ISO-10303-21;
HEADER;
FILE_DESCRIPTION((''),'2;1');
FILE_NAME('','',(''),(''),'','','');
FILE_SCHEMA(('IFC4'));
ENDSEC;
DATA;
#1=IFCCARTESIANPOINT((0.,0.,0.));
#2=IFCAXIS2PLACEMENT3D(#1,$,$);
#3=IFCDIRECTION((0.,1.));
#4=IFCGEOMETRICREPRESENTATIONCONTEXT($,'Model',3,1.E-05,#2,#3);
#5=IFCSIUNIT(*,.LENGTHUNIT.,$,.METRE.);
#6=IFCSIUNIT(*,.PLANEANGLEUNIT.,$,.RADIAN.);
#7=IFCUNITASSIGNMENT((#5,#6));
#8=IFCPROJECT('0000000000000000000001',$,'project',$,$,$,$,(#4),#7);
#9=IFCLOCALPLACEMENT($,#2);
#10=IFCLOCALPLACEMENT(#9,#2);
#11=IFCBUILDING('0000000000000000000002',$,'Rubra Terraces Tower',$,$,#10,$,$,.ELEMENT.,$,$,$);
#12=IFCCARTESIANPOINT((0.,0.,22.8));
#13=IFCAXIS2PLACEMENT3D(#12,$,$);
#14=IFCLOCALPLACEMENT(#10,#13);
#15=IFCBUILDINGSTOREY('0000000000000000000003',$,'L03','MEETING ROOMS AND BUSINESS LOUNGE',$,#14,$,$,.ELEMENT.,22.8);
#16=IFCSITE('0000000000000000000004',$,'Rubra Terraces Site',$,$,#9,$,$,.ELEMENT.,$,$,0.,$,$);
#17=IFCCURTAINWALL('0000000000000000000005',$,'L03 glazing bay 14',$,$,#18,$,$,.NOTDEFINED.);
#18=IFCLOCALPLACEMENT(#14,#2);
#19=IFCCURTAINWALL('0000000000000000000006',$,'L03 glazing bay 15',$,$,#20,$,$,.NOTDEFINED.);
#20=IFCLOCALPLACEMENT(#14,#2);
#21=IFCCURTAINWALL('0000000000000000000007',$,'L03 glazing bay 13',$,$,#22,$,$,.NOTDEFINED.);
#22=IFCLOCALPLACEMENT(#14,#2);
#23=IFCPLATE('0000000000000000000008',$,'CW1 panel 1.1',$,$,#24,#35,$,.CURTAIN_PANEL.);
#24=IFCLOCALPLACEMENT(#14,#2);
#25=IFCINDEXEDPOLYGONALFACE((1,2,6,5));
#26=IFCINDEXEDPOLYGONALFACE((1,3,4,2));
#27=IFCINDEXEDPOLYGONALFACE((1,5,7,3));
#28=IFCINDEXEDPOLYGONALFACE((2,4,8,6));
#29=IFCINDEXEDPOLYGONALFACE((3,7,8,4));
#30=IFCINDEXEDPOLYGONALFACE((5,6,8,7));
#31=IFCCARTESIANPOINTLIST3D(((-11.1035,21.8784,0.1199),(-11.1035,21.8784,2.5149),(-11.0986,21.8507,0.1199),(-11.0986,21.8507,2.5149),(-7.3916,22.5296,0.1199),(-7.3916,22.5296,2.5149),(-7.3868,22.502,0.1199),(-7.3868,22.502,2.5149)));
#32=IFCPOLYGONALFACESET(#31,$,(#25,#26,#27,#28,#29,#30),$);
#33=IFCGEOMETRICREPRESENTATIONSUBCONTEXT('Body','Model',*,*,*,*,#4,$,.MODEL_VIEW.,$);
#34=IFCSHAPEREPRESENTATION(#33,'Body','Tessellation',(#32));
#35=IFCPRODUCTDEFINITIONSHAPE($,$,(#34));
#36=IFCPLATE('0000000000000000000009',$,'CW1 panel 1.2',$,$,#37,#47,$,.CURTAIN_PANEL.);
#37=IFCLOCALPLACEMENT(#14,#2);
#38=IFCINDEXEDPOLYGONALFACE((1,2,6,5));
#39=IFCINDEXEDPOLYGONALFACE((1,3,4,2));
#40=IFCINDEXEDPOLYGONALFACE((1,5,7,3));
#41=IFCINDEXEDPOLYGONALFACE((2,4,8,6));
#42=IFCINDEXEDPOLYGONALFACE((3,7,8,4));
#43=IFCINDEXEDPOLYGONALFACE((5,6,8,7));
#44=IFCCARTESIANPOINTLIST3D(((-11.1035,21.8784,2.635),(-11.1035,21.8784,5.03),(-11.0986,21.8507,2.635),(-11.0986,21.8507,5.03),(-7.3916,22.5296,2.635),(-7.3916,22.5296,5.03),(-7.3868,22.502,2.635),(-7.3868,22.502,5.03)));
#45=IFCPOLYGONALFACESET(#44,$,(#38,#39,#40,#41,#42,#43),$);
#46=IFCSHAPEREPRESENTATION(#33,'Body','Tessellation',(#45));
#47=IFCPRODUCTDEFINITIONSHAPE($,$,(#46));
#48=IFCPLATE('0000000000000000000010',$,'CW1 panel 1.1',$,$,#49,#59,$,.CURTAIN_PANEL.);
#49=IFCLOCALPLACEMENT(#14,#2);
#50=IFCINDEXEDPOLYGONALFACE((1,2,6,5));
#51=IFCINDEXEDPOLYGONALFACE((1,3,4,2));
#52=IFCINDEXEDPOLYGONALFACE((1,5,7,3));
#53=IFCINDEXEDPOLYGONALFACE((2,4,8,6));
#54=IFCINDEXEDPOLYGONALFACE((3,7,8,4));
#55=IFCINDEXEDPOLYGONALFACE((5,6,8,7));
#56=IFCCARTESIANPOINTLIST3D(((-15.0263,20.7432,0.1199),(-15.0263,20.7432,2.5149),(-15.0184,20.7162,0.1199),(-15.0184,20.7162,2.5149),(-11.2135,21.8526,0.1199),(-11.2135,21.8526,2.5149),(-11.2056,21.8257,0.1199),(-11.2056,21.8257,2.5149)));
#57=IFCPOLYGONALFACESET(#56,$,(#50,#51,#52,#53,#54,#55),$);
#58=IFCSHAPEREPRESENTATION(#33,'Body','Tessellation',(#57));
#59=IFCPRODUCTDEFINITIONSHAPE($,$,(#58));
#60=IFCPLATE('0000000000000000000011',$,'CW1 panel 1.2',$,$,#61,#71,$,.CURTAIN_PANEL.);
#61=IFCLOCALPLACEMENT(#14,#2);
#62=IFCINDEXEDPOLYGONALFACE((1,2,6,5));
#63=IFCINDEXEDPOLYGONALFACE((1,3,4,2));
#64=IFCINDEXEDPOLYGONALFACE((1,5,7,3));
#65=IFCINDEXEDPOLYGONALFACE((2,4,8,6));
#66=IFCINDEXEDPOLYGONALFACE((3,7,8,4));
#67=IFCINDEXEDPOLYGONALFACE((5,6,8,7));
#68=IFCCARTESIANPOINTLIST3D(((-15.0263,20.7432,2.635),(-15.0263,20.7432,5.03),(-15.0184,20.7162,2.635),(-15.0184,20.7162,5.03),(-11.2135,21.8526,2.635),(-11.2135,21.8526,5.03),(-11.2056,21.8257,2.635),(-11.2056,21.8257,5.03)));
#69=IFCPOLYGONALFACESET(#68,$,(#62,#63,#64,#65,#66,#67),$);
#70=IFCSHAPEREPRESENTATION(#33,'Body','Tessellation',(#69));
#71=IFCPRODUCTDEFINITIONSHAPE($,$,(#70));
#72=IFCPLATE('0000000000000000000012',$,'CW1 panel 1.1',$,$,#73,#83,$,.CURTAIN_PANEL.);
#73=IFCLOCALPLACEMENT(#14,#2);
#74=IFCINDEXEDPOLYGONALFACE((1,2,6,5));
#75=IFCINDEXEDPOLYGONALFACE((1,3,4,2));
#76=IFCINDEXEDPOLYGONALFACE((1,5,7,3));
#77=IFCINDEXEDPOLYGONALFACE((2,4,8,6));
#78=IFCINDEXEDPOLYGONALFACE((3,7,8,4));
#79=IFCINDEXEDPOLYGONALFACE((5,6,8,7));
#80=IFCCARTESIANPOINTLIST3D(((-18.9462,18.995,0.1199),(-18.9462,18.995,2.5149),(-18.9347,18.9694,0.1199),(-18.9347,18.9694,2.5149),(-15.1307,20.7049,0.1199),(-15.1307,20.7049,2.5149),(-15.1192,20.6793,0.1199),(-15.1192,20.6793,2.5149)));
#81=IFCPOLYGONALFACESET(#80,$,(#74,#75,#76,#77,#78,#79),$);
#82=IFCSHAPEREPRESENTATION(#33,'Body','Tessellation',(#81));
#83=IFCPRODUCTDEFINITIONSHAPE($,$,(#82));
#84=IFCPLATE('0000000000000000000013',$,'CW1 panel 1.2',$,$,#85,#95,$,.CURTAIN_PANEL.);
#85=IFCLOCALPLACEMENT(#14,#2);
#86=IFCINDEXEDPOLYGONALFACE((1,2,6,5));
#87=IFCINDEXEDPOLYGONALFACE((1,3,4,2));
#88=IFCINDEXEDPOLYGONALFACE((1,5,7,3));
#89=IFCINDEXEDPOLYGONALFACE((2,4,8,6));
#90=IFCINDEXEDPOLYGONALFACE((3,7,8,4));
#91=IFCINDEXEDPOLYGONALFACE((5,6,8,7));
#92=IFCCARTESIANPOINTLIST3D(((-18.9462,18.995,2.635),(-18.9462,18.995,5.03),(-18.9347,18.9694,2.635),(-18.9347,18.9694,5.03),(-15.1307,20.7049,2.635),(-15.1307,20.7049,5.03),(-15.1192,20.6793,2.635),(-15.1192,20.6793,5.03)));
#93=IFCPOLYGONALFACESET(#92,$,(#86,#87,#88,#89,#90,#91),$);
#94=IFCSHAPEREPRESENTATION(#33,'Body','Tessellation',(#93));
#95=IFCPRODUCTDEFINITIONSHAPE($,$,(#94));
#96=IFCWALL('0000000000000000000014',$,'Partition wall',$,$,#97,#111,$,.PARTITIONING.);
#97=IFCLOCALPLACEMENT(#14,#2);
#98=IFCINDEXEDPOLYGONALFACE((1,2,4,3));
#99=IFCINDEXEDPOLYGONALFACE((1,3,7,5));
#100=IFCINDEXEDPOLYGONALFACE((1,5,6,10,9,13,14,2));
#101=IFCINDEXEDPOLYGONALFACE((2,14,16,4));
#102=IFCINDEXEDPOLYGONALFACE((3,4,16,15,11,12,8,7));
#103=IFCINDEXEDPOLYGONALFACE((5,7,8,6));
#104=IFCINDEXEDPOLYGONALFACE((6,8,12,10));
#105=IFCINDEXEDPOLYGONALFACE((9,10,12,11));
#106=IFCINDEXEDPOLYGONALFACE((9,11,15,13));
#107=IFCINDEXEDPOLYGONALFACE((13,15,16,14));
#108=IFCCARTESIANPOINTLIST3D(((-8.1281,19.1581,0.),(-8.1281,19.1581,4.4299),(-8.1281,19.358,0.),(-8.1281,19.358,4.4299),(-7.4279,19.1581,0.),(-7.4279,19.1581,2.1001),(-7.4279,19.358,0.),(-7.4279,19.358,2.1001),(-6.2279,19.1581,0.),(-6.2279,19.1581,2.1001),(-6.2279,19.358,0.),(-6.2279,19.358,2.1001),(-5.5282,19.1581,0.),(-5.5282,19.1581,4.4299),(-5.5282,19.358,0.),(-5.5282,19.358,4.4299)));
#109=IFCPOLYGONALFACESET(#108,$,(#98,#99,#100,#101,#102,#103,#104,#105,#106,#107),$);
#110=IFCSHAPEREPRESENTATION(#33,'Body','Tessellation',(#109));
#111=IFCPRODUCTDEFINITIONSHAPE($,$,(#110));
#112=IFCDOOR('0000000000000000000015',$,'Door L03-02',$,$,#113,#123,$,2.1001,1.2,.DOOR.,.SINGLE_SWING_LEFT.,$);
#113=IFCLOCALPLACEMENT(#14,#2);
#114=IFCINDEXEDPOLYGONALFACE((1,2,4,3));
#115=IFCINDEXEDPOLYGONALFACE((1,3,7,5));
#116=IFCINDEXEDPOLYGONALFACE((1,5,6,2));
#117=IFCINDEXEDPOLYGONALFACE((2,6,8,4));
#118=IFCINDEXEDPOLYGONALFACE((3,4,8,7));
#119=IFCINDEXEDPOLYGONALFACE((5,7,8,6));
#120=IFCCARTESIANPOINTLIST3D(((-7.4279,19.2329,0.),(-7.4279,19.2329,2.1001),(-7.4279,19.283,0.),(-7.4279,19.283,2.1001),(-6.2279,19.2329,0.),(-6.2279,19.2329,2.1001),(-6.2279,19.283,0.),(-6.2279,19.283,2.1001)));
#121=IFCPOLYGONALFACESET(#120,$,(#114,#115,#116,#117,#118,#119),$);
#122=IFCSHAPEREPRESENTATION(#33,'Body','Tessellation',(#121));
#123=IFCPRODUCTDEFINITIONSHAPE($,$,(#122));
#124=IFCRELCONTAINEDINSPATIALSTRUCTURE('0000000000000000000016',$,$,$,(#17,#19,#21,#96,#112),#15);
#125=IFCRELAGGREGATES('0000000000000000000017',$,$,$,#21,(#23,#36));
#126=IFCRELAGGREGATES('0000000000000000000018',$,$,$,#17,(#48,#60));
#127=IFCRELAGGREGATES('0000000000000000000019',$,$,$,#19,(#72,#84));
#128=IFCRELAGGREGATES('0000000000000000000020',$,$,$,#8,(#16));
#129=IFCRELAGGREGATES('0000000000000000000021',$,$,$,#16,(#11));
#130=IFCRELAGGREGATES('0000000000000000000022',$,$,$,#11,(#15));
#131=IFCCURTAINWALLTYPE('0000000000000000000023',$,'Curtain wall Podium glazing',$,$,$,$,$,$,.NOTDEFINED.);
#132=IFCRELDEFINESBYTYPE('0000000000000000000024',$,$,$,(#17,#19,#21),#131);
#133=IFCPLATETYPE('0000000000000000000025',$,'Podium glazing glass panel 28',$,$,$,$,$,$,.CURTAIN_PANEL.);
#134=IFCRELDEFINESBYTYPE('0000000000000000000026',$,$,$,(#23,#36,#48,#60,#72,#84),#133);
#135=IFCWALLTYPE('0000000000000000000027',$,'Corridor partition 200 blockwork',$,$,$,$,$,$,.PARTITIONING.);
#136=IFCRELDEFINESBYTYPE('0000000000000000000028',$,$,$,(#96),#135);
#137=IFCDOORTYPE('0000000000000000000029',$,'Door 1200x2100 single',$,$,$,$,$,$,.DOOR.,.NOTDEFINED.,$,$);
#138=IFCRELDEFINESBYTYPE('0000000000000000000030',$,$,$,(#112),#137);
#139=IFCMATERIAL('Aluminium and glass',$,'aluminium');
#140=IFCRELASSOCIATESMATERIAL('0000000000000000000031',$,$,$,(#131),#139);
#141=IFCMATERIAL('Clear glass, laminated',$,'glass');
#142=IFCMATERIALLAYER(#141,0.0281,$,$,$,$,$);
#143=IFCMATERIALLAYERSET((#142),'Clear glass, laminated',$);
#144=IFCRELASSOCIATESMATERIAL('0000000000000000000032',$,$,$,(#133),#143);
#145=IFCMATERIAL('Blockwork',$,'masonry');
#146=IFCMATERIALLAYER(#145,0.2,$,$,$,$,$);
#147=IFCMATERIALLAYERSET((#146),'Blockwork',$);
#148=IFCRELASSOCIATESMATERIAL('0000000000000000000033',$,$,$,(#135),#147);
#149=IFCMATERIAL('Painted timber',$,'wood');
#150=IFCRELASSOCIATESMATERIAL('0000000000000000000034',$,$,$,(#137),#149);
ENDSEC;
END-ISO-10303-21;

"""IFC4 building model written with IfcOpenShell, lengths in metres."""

from ifc_helpers import new_model, si_unit, direction, frame, frame_2d, origin, origin_2d, place, context, subcontext, project, spatial, rectangle, extrude, material, layer, layer_set, type_object, element, fill, aggregate, save


model = new_model("IFC4")

# Units and contexts
model_context = context("Model", 3, precision=1e-05, world=origin(), true_north=direction((0.0, 1.0)))
body_context = subcontext(model_context, "Body", "Model", "MODEL_VIEW")
ifc_project = project(units=[si_unit("LENGTHUNIT", "METRE"), si_unit("PLANEANGLEUNIT", "RADIAN")], contexts=[model_context])

# Site, building, storey
site_placement = place(None, origin())
site = spatial("IfcSite", under=ifc_project, at=site_placement, Name="Rubra Terraces Site", CompositionType="ELEMENT", RefElevation=0.0)
building_placement = place(site_placement, origin())
building = spatial("IfcBuilding", under=site, at=building_placement, Name="Rubra Terraces Tower", CompositionType="ELEMENT")
storey_placement = place(building_placement, frame((0.0, 0.0, 22.8)))
storey = spatial("IfcBuildingStorey", under=building, at=storey_placement, Name="L03", Description="MEETING ROOMS AND BUSINESS LOUNGE", CompositionType="ELEMENT", Elevation=22.8)

# Curtain walls
ifc_material_1 = material(Name="Aluminium and glass", Category="aluminium")
curtain_wall_type = type_object("IfcCurtainWallType", Name="Curtain wall Podium glazing", PredefinedType="NOTDEFINED", material=ifc_material_1)
curtain_wall_1_placement = place(storey_placement, origin())
curtain_wall_1 = element("IfcCurtainWall", 1, at=curtain_wall_1_placement, inside=storey, type_object=curtain_wall_type, Name="L03 glazing bay 14", PredefinedType="NOTDEFINED")
curtain_wall_2_placement = place(storey_placement, origin())
curtain_wall_2 = element("IfcCurtainWall", 2, at=curtain_wall_2_placement, inside=storey, type_object=curtain_wall_type, Name="L03 glazing bay 15", PredefinedType="NOTDEFINED")
curtain_wall_3_placement = place(storey_placement, origin())
curtain_wall_3 = element("IfcCurtainWall", 3, at=curtain_wall_3_placement, inside=storey, type_object=curtain_wall_type, Name="L03 glazing bay 13", PredefinedType="NOTDEFINED")

# Plates
ifc_material_2 = material(Name="Clear glass, laminated", Category="glass")
ifc_layer_1 = layer(ifc_material_2, 0.0281)
ifc_layer_set_1 = layer_set([ifc_layer_1], Name="Clear glass, laminated")
plate_type = type_object("IfcPlateType", Name="Podium glazing glass panel 28", PredefinedType="CURTAIN_PANEL", material=ifc_layer_set_1)
plate_1_placement = place(storey_placement, frame((-9.2451, 22.1902, 0.1199), z_axis=(0.0, 0.0, 1.0), x_axis=(-0.984954, -0.172817, 0.0)))
plate_1 = element("IfcPlate", 4, at=plate_1_placement, type_object=plate_type, Name="CW1 panel 1.1", PredefinedType="CURTAIN_PANEL", context=body_context, shape_type="SweptSolid", body=[
    extrude(rectangle(XDim=3.7686, YDim=0.0281, at=origin_2d()), origin(), (0.0, 0.0, 1.0), 2.395),
])
plate_2_placement = place(storey_placement, frame((-9.2451, 22.1902, 2.635), z_axis=(0.0, 0.0, 1.0), x_axis=(-0.984954, -0.172817, 0.0)))
plate_2 = element("IfcPlate", 5, at=plate_2_placement, type_object=plate_type, Name="CW1 panel 1.2", PredefinedType="CURTAIN_PANEL", context=body_context, shape_type="SweptSolid", body=[
    extrude(rectangle(XDim=3.7686, YDim=0.0281, at=origin_2d()), origin(), (0.0, 0.0, 1.0), 2.395),
])
aggregate(curtain_wall_3, [plate_1, plate_2])
plate_3_placement = place(storey_placement, frame((-13.116, 21.2844, 0.1199), z_axis=(0.0, 0.0, 1.0), x_axis=(-0.960175, -0.279399, 0.0)))
plate_3 = element("IfcPlate", 6, at=plate_3_placement, type_object=plate_type, Name="CW1 panel 1.1", PredefinedType="CURTAIN_PANEL", context=body_context, shape_type="SweptSolid", body=[
    extrude(rectangle(XDim=3.9709, YDim=0.0281, at=origin_2d()), origin(), (0.0, 0.0, 1.0), 2.395),
])
plate_4_placement = place(storey_placement, frame((-13.116, 21.2844, 2.635), z_axis=(0.0, 0.0, 1.0), x_axis=(-0.960175, -0.279399, 0.0)))
plate_4 = element("IfcPlate", 7, at=plate_4_placement, type_object=plate_type, Name="CW1 panel 1.2", PredefinedType="CURTAIN_PANEL", context=body_context, shape_type="SweptSolid", body=[
    extrude(rectangle(XDim=3.9709, YDim=0.0281, at=origin_2d()), origin(), (0.0, 0.0, 1.0), 2.395),
])
aggregate(curtain_wall_1, [plate_3, plate_4])
plate_5_placement = place(storey_placement, frame((-17.0327, 19.8372, 0.1199), z_axis=(0.0, 0.0, 1.0), x_axis=(-0.912551, -0.408962, 0.0)))
plate_5 = element("IfcPlate", 8, at=plate_5_placement, type_object=plate_type, Name="CW1 panel 1.1", PredefinedType="CURTAIN_PANEL", context=body_context, shape_type="SweptSolid", body=[
    extrude(rectangle(XDim=4.1812, YDim=0.0281, at=origin_2d()), origin(), (0.0, 0.0, 1.0), 2.395),
])
plate_6_placement = place(storey_placement, frame((-17.0327, 19.8372, 2.635), z_axis=(0.0, 0.0, 1.0), x_axis=(-0.912551, -0.408962, 0.0)))
plate_6 = element("IfcPlate", 9, at=plate_6_placement, type_object=plate_type, Name="CW1 panel 1.2", PredefinedType="CURTAIN_PANEL", context=body_context, shape_type="SweptSolid", body=[
    extrude(rectangle(XDim=4.1812, YDim=0.0281, at=origin_2d()), origin(), (0.0, 0.0, 1.0), 2.395),
])
aggregate(curtain_wall_2, [plate_5, plate_6])

# Wall, opening, door
ifc_material_3 = material(Name="Blockwork", Category="masonry")
ifc_layer_2 = layer(ifc_material_3, 0.2)
ifc_layer_set_2 = layer_set([ifc_layer_2], Name="Blockwork")
wall_type = type_object("IfcWallType", Name="Corridor partition 200 blockwork", PredefinedType="PARTITIONING", material=ifc_layer_set_2)
wall_placement = place(storey_placement, frame((-8.1279, 19.2581, 0.0), z_axis=(0.0, 0.0, 1.0), x_axis=(1.0, 0.0, 0.0)))
wall = element("IfcWall", 10, at=wall_placement, inside=storey, type_object=wall_type, Name="Partition wall", PredefinedType="PARTITIONING", context=body_context, shape_type="SweptSolid", body=[
    extrude(rectangle(XDim=2.5999, YDim=0.2, at=frame_2d((1.2998, 0.0))), origin(), (0.0, 0.0, 1.0), 4.4299),
])
opening_placement = place(wall_placement, frame((0.7, 0.0, 0.0)))
opening = element("IfcOpeningElement", 11, at=opening_placement, cuts=wall, PredefinedType="OPENING", context=body_context, shape_type="SweptSolid", body=[
    extrude(rectangle(XDim=1.2, YDim=2.1001, at=frame_2d((0.6001, 1.05))), frame((0.0, 0.1099, 0.0), z_axis=(0.0, -1.0, 0.0), x_axis=(1.0, 0.0, 0.0)), (0.0, 0.0, 1.0), 0.22),
])
ifc_material_4 = material(Name="Painted timber", Category="wood")
door_type = type_object("IfcDoorType", Name="Door 1200x2100 single", OperationType="NOTDEFINED", PredefinedType="DOOR", material=ifc_material_4)
door_placement = place(opening_placement, origin())
door = element("IfcDoor", 12, at=door_placement, inside=storey, type_object=door_type, Name="Door L03-02", OperationType="SINGLE_SWING_LEFT", OverallHeight=2.1001, OverallWidth=1.2, PredefinedType="DOOR", context=body_context, shape_type="SweptSolid", body=[
    extrude(rectangle(XDim=1.2, YDim=2.1001, at=frame_2d((0.6001, 1.05))), frame((0.0, 0.0249, 0.0), z_axis=(0.0, -1.0, 0.0), x_axis=(1.0, 0.0, 0.0)), (0.0, 0.0, 1.0), 0.05),
])
fill(opening, door)

save(model, "model.ifc")
